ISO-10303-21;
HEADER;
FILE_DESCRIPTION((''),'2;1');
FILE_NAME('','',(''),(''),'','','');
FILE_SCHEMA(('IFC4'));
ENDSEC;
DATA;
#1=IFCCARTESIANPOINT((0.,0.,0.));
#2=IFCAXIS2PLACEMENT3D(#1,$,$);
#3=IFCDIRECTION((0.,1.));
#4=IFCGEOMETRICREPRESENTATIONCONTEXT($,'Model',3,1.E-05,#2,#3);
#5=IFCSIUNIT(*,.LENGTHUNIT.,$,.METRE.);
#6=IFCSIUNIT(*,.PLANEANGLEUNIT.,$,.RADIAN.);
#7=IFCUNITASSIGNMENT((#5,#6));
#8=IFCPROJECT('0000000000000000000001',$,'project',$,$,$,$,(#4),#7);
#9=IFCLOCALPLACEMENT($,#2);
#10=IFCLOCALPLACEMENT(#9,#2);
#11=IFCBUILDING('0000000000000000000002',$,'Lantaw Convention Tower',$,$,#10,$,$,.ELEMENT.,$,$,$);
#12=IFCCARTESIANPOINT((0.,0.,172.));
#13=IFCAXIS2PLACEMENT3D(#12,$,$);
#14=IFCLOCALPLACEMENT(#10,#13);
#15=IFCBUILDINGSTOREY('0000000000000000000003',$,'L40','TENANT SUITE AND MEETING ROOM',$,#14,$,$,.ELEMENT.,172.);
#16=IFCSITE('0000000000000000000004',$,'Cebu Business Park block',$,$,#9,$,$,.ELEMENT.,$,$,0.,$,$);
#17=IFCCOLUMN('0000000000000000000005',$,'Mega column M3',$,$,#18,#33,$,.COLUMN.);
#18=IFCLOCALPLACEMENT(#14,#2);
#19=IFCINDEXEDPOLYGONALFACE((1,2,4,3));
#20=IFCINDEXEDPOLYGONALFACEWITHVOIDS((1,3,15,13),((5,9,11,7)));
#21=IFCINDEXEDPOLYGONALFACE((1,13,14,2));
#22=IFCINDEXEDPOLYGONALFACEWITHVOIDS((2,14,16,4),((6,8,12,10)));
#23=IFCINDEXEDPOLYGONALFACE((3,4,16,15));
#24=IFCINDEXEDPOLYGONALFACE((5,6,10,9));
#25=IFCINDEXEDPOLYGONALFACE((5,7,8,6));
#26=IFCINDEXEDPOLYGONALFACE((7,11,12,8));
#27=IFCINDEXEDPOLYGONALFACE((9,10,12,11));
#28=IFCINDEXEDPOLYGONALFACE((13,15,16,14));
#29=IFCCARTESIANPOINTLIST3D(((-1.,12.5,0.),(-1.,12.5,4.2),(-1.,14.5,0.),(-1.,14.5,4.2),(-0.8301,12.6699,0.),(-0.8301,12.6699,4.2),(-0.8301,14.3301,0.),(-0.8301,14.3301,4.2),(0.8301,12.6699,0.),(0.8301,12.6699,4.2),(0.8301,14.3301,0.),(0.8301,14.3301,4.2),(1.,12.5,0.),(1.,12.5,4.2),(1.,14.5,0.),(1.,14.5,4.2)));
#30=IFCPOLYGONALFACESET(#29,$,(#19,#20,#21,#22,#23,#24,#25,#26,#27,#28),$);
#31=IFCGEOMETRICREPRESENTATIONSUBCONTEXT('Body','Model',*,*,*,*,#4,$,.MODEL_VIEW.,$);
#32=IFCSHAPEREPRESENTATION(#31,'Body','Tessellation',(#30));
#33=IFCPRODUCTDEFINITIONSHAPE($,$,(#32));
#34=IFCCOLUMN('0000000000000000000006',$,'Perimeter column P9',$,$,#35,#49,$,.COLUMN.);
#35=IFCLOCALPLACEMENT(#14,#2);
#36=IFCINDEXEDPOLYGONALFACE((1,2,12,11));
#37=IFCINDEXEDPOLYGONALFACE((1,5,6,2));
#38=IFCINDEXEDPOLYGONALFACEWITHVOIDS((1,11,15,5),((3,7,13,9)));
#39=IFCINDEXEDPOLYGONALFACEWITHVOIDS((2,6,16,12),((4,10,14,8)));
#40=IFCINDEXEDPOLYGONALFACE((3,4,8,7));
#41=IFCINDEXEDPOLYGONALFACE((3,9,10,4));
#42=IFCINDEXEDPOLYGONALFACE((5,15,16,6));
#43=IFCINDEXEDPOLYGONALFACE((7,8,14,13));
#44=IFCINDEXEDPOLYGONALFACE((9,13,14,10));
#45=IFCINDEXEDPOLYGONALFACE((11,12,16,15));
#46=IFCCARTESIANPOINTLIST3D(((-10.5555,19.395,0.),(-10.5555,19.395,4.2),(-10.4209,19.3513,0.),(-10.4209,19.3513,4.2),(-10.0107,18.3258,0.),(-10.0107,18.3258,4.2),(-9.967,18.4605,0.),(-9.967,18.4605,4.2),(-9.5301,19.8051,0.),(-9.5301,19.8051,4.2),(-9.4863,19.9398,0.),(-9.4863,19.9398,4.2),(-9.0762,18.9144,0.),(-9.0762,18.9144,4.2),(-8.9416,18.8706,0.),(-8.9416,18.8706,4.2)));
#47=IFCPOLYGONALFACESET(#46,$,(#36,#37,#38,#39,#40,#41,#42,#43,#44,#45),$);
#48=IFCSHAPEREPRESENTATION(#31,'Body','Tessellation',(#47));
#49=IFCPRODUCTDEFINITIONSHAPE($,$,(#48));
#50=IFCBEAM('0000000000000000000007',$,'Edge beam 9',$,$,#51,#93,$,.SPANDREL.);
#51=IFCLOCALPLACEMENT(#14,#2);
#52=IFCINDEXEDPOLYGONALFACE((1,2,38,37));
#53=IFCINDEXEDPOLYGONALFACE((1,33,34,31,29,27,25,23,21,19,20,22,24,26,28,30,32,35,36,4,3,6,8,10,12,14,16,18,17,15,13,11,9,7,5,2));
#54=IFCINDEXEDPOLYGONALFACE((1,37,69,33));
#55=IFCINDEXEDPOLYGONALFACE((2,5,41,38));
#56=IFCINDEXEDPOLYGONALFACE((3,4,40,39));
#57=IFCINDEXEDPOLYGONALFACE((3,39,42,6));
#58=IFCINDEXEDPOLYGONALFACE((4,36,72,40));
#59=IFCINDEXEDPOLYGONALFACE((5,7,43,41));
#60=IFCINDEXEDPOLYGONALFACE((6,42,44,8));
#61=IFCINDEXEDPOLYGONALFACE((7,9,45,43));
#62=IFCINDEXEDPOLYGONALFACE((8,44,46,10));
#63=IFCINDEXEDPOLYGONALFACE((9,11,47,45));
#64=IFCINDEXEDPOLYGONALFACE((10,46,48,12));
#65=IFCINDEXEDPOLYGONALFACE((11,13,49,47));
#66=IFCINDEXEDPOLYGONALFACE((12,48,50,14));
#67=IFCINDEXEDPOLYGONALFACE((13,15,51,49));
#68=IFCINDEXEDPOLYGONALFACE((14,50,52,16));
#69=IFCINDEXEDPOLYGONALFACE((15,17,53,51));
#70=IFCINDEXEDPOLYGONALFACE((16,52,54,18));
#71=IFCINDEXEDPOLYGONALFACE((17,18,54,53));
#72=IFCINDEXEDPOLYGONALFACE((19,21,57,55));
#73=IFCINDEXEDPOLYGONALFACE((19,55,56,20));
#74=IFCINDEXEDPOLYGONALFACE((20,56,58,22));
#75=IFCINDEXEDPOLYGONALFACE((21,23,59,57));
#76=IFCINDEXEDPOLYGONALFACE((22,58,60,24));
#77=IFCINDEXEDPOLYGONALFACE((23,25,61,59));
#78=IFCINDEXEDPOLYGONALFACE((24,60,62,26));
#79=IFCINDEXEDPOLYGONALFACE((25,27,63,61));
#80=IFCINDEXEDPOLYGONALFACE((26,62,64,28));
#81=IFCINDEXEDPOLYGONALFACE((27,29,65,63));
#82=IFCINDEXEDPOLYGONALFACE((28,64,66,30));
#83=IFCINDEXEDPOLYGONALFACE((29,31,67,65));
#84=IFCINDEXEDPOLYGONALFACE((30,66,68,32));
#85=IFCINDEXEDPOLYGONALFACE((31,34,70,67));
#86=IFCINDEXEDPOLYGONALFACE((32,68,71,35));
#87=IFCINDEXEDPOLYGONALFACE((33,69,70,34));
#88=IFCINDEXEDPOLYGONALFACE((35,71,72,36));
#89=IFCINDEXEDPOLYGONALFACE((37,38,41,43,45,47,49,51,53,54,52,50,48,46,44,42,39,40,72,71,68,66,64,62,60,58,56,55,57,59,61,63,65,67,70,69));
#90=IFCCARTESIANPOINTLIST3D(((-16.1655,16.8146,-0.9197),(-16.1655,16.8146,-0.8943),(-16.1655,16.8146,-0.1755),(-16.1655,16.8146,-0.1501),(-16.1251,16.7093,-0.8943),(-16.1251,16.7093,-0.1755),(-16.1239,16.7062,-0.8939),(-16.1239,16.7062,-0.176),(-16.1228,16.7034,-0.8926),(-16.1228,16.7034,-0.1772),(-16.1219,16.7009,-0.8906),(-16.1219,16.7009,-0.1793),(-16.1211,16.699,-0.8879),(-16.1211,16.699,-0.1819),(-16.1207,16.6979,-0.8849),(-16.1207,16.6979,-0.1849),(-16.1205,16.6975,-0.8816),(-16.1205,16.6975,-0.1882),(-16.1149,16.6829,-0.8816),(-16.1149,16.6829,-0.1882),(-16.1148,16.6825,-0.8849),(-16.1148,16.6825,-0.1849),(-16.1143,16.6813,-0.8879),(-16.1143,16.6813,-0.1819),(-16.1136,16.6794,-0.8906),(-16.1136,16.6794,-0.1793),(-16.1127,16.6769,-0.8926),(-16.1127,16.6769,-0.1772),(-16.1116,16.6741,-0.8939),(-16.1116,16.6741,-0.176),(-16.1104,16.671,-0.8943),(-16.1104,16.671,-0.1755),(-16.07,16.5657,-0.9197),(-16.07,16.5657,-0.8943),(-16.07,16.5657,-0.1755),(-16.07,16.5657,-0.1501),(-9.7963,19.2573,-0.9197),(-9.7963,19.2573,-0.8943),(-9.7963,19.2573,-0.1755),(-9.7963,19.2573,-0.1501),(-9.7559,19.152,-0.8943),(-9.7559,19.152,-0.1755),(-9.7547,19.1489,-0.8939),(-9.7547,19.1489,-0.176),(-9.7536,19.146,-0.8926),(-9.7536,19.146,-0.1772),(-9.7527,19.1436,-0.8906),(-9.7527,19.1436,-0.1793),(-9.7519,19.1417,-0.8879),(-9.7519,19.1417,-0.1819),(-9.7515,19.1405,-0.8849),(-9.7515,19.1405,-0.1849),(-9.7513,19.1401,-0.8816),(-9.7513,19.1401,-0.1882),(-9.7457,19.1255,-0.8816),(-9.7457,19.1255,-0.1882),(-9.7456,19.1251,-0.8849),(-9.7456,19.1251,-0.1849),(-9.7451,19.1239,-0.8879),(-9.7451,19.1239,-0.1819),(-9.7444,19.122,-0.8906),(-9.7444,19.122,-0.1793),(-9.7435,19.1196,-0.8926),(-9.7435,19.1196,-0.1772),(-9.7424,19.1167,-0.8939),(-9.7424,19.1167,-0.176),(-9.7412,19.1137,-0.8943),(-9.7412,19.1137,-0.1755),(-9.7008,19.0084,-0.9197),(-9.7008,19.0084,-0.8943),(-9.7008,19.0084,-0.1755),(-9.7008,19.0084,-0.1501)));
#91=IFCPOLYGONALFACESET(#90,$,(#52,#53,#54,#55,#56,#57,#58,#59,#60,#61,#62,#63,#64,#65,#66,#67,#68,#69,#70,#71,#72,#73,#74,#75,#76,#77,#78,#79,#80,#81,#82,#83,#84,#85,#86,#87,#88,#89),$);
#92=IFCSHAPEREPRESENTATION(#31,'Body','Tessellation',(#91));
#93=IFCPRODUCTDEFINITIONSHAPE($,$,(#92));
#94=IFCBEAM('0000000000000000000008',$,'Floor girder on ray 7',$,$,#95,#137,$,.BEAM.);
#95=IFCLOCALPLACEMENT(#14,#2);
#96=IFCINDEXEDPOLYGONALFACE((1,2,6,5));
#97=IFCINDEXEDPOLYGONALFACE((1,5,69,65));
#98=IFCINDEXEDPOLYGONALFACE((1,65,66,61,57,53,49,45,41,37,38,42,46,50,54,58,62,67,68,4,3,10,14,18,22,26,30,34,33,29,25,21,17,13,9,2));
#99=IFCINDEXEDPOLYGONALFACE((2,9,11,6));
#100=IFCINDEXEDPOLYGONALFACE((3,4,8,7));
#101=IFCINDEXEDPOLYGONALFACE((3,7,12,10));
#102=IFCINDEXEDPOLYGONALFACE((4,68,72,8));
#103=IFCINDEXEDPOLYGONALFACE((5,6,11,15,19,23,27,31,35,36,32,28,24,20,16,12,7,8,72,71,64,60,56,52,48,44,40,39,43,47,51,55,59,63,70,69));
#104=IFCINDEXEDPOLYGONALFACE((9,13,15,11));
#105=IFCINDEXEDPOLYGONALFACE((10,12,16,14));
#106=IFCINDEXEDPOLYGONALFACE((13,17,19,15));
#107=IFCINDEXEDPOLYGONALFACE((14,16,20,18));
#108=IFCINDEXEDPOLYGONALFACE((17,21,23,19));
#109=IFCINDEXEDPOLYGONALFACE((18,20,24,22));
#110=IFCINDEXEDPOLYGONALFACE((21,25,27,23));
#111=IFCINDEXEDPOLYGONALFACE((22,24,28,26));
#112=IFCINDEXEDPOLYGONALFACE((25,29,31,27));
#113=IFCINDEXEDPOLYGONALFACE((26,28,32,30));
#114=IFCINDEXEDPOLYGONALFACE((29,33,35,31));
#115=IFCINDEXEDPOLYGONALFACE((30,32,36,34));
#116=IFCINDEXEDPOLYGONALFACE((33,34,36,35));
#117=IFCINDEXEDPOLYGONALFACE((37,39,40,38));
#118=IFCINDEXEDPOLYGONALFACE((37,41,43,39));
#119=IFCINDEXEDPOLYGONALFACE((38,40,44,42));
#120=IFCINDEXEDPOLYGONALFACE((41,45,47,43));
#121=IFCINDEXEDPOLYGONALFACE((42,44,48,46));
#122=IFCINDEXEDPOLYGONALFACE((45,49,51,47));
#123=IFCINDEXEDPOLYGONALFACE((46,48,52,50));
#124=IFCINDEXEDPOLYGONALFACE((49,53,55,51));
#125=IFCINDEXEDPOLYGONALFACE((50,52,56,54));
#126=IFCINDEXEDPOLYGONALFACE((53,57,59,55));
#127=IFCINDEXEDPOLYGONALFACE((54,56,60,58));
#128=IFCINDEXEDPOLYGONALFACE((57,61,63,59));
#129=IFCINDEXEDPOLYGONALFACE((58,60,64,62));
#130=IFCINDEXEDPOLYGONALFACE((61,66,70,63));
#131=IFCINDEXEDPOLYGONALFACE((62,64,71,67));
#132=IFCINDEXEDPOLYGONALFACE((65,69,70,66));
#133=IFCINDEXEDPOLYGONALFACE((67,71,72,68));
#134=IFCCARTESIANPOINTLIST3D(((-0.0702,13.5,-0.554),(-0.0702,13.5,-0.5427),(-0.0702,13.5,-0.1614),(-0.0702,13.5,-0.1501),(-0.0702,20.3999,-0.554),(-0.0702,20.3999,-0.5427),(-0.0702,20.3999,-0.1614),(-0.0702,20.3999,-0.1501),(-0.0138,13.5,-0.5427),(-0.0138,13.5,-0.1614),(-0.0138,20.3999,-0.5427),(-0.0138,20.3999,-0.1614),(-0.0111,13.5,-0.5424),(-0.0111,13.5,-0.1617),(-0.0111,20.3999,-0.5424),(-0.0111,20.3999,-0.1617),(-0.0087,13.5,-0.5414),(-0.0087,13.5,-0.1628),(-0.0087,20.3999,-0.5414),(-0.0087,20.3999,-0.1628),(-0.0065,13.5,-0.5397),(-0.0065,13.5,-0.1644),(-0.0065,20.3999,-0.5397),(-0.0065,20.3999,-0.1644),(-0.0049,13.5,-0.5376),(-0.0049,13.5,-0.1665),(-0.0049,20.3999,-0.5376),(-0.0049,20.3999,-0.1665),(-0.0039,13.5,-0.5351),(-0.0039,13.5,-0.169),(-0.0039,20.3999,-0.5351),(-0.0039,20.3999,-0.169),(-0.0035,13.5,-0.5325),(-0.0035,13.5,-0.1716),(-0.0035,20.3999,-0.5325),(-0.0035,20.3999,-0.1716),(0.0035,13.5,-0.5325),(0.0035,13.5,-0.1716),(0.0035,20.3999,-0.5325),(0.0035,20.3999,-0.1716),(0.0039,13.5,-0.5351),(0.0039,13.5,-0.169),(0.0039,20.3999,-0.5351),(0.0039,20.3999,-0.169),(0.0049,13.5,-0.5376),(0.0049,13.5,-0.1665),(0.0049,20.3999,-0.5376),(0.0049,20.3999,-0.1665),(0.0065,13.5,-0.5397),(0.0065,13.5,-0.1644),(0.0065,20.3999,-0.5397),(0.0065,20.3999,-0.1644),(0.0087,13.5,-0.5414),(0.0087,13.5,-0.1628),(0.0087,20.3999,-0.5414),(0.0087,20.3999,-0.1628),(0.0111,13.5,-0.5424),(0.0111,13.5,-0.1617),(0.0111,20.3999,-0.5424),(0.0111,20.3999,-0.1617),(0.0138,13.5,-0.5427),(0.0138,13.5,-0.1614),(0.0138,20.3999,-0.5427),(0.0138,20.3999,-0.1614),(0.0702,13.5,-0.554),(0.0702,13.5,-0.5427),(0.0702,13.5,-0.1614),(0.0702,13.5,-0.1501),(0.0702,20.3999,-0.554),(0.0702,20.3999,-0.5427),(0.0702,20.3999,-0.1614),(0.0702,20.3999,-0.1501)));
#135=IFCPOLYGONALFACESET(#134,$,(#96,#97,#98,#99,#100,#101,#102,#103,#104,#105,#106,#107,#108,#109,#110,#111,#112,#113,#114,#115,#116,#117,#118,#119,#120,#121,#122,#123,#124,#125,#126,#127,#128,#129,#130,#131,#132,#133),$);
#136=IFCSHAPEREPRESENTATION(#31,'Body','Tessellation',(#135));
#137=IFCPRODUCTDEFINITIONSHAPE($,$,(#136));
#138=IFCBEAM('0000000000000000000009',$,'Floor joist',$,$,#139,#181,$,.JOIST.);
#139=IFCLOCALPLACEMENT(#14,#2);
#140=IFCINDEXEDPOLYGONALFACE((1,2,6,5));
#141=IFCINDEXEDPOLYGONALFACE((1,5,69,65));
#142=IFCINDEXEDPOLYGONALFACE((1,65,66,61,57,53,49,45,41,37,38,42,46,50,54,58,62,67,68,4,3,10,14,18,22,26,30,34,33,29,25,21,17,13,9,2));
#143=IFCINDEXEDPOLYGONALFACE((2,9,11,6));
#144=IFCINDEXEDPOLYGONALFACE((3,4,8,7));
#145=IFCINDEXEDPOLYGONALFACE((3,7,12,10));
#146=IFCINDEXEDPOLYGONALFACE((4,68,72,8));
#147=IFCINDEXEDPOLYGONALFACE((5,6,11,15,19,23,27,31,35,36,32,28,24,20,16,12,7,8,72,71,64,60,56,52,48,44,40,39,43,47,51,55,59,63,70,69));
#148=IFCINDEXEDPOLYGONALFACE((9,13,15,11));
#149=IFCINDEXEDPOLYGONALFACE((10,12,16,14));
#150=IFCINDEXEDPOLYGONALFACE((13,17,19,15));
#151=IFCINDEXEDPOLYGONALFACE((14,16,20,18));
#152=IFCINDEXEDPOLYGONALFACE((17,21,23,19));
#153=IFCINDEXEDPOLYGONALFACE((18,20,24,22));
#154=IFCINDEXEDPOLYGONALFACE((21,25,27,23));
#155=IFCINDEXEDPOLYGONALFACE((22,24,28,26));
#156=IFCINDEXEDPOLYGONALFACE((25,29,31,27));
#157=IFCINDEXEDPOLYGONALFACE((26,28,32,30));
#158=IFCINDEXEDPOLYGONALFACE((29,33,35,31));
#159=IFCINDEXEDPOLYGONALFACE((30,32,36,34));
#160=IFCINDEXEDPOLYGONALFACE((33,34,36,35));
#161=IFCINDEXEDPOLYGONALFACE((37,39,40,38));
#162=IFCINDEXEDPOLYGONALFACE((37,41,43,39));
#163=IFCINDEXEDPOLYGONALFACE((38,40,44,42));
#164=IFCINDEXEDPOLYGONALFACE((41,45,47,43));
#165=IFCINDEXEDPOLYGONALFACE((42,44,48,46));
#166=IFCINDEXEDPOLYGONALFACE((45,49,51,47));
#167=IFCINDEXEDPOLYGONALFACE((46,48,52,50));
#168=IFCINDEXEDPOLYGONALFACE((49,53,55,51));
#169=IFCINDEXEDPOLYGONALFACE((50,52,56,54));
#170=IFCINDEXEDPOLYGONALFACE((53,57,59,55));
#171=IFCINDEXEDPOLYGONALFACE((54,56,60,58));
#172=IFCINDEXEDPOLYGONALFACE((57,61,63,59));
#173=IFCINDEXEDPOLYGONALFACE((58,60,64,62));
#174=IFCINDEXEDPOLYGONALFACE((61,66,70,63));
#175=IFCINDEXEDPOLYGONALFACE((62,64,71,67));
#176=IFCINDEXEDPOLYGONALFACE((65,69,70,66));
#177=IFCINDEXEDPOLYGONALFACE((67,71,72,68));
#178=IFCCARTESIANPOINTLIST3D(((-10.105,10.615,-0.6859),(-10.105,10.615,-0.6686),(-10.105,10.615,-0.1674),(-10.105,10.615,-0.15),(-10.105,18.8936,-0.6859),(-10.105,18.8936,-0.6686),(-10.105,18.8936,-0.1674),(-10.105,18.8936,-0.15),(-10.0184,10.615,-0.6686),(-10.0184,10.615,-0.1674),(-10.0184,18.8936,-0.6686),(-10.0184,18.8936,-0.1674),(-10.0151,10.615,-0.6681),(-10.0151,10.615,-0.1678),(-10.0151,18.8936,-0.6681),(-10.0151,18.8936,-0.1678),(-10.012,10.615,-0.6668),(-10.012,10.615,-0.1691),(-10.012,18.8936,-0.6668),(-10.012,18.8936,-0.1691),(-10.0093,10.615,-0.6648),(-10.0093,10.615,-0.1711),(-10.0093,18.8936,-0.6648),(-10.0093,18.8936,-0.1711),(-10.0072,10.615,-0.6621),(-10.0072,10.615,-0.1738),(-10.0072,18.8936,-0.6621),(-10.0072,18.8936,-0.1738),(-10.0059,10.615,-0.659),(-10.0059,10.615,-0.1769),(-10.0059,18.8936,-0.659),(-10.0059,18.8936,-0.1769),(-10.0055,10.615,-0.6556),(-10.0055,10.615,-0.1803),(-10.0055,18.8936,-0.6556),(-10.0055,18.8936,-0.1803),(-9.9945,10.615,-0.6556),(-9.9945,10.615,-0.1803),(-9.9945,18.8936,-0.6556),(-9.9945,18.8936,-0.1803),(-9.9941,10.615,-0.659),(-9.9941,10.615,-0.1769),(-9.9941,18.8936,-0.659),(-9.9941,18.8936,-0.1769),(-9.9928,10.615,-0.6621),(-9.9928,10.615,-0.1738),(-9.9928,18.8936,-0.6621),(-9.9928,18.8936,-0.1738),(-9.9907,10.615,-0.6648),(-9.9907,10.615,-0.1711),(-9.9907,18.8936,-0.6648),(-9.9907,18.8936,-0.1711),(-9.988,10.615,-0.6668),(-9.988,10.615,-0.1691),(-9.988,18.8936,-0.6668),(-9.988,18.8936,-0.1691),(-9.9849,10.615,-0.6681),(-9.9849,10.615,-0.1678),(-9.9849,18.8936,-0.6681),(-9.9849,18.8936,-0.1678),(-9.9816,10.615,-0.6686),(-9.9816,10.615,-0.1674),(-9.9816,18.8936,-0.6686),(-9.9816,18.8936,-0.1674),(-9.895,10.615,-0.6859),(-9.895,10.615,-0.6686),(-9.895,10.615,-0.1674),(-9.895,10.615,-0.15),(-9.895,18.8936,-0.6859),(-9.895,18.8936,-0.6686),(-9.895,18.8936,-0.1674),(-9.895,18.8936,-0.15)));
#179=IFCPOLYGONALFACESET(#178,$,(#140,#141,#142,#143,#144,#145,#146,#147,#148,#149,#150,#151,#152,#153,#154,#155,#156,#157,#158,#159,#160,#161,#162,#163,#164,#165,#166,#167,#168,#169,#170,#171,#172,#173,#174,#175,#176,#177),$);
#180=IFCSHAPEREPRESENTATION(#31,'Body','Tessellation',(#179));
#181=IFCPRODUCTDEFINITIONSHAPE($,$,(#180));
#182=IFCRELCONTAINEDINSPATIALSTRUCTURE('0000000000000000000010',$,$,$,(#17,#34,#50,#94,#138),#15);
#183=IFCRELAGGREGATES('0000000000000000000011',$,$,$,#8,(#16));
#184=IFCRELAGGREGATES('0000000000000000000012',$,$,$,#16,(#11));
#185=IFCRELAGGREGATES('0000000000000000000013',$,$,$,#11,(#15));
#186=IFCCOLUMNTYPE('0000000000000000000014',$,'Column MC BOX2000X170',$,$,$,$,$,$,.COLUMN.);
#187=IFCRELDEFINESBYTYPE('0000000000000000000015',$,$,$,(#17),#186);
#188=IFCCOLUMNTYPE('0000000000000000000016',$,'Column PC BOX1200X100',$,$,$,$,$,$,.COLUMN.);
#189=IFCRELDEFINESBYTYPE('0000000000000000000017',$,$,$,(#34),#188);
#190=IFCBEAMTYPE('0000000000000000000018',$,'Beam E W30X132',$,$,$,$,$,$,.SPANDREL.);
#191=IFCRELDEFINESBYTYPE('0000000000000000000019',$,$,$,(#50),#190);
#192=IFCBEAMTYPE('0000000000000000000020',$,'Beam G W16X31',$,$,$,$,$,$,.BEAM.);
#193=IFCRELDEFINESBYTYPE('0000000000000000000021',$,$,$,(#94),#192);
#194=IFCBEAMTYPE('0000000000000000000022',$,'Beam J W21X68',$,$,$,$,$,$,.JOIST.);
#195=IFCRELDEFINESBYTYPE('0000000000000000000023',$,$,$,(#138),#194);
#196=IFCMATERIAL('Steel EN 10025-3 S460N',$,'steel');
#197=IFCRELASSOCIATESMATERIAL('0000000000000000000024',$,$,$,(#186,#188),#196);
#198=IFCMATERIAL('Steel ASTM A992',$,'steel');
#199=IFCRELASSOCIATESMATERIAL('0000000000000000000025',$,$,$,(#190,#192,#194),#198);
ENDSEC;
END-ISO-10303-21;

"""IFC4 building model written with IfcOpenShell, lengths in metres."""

from ifc_helpers import new_model, si_unit, direction, frame, origin, origin_2d, place, context, subcontext, project, spatial, rectangle, hollow_rectangle, i_section, extrude, material, material_profile, profile_set, type_object, element, save


model = new_model("IFC4")

# Units and contexts
model_context = context("Model", 3, precision=1e-05, world=origin(), true_north=direction((0.0, 1.0)))
body_context = subcontext(model_context, "Body", "Model", "MODEL_VIEW")
ifc_project = project(units=[si_unit("LENGTHUNIT", "METRE"), si_unit("PLANEANGLEUNIT", "RADIAN")], contexts=[model_context])

# Site, building, storey
site_placement = place(None, origin())
site = spatial("IfcSite", under=ifc_project, at=site_placement, Name="Cebu Business Park block", CompositionType="ELEMENT", RefElevation=0.0)
building_placement = place(site_placement, origin())
building = spatial("IfcBuilding", under=site, at=building_placement, Name="Lantaw Convention Tower", CompositionType="ELEMENT")
storey_placement = place(building_placement, frame((0.0, 0.0, 172.0)))
storey = spatial("IfcBuildingStorey", under=building, at=storey_placement, Name="L40", Description="TENANT SUITE AND MEETING ROOM", CompositionType="ELEMENT", Elevation=172.0)

# Columns
ifc_material_1 = material(Name="Steel EN 10025-3 S460N", Category="steel")
ifc_material_profile_1 = material_profile(ifc_material_1, hollow_rectangle(XDim=2.0, YDim=2.0, WallThickness=0.1699, at=origin_2d()), Name="BOX2000X170")
ifc_material_2 = material(Name="Concrete C60/75", Category="concrete")
ifc_material_profile_2 = material_profile(ifc_material_2, rectangle(XDim=1.6599, YDim=1.6599, at=origin_2d()), Name="Concrete fill of BOX2000X170")
ifc_profile_set_1 = profile_set([ifc_material_profile_1, ifc_material_profile_2], Name="Steel EN 10025-3 S460N")
column_type_1 = type_object("IfcColumnType", Name="Column MC BOX2000X170", PredefinedType="COLUMN", material=ifc_profile_set_1)
column_1_placement = place(storey_placement, frame((0.0, 13.5, 0.0), z_axis=(0.0, 0.0, 1.0), x_axis=(1.0, 0.0, 0.0)))
element("IfcColumn", 1, at=column_1_placement, inside=storey, type_object=column_type_1, Name="Mega column M3", PredefinedType="COLUMN", context=body_context, shape_type="SweptSolid", body=[
    extrude(hollow_rectangle(XDim=2.0, YDim=2.0, WallThickness=0.1699, at=origin_2d()), origin(), (0.0, 0.0, 1.0), 4.2),
])
ifc_material_profile_3 = material_profile(ifc_material_1, hollow_rectangle(XDim=1.2, YDim=1.2, WallThickness=0.1001, at=origin_2d()), Name="BOX1200X100")
ifc_material_profile_4 = material_profile(ifc_material_2, rectangle(XDim=1.0, YDim=1.0, at=origin_2d()), Name="Concrete fill of BOX1200X100")
ifc_profile_set_2 = profile_set([ifc_material_profile_3, ifc_material_profile_4], Name="Steel EN 10025-3 S460N")
column_type_2 = type_object("IfcColumnType", Name="Column PC BOX1200X100", PredefinedType="COLUMN", material=ifc_profile_set_2)
column_2_placement = place(storey_placement, frame((-9.7485, 19.1328, 0.0), z_axis=(0.0, 0.0, 1.0), x_axis=(0.891007, 0.45399, 0.0)))
element("IfcColumn", 2, at=column_2_placement, inside=storey, type_object=column_type_2, Name="Perimeter column P9", PredefinedType="COLUMN", context=body_context, shape_type="SweptSolid", body=[
    extrude(hollow_rectangle(XDim=1.2, YDim=1.2, WallThickness=0.1001, at=origin_2d()), origin(), (0.0, 0.0, 1.0), 4.2),
])

# Beams
ifc_material_3 = material(Name="Steel ASTM A992", Category="steel")
ifc_material_profile_5 = material_profile(ifc_material_3, i_section(OverallWidth=0.2666, OverallDepth=0.7695, WebThickness=0.0156, FlangeThickness=0.0254, FilletRadius=0.0127, at=origin_2d()), Name="W30X132")
ifc_profile_set_3 = profile_set([ifc_material_profile_5], Name="Steel ASTM A992")
beam_type_1 = type_object("IfcBeamType", Name="Beam E W30X132", PredefinedType="SPANDREL", material=ifc_profile_set_3)
beam_1_placement = place(storey_placement, frame((-9.7485, 19.1328, -0.5349), z_axis=(-0.933691, -0.35808, 0.0), x_axis=(0.35808, -0.933691, 0.0)))
element("IfcBeam", 3, at=beam_1_placement, inside=storey, type_object=beam_type_1, Name="Edge beam 9", PredefinedType="SPANDREL", context=body_context, shape_type="SweptSolid", body=[
    extrude(i_section(OverallWidth=0.2666, OverallDepth=0.7695, WebThickness=0.0156, FlangeThickness=0.0254, FilletRadius=0.0127, at=origin_2d()), origin(), (0.0, 0.0, 1.0), 6.8215),
])
ifc_material_profile_6 = material_profile(ifc_material_3, i_section(OverallWidth=0.1404, OverallDepth=0.4038, WebThickness=0.0071, FlangeThickness=0.0112, FilletRadius=0.0103, at=origin_2d()), Name="W16X31")
ifc_profile_set_4 = profile_set([ifc_material_profile_6], Name="Steel ASTM A992")
beam_type_2 = type_object("IfcBeamType", Name="Beam G W16X31", PredefinedType="BEAM", material=ifc_profile_set_4)
beam_2_placement = place(storey_placement, frame((0.0, 13.5, -0.3521), z_axis=(0.0, 1.0, 0.0), x_axis=(-1.0, 0.0, 0.0)))
element("IfcBeam", 4, at=beam_2_placement, inside=storey, type_object=beam_type_2, Name="Floor girder on ray 7", PredefinedType="BEAM", context=body_context, shape_type="SweptSolid", body=[
    extrude(i_section(OverallWidth=0.1404, OverallDepth=0.4038, WebThickness=0.0071, FlangeThickness=0.0112, FilletRadius=0.0103, at=origin_2d()), origin(), (0.0, 0.0, 1.0), 6.8999),
])
ifc_material_profile_7 = material_profile(ifc_material_3, i_section(OverallWidth=0.21, OverallDepth=0.5359, WebThickness=0.011, FlangeThickness=0.0173, FilletRadius=0.0129, at=origin_2d()), Name="W21X68")
ifc_profile_set_5 = profile_set([ifc_material_profile_7], Name="Steel ASTM A992")
beam_type_3 = type_object("IfcBeamType", Name="Beam J W21X68", PredefinedType="JOIST", material=ifc_profile_set_5)
beam_3_placement = place(storey_placement, frame((-10.0, 10.615, -0.418), z_axis=(0.0, 1.0, 0.0), x_axis=(-1.0, 0.0, 0.0)))
element("IfcBeam", 5, at=beam_3_placement, inside=storey, type_object=beam_type_3, Name="Floor joist", PredefinedType="JOIST", context=body_context, shape_type="SweptSolid", body=[
    extrude(i_section(OverallWidth=0.21, OverallDepth=0.5359, WebThickness=0.011, FlangeThickness=0.0173, FilletRadius=0.0129, at=origin_2d()), origin(), (0.0, 0.0, 1.0), 8.2786),
])

save(model, "model.ifc")
